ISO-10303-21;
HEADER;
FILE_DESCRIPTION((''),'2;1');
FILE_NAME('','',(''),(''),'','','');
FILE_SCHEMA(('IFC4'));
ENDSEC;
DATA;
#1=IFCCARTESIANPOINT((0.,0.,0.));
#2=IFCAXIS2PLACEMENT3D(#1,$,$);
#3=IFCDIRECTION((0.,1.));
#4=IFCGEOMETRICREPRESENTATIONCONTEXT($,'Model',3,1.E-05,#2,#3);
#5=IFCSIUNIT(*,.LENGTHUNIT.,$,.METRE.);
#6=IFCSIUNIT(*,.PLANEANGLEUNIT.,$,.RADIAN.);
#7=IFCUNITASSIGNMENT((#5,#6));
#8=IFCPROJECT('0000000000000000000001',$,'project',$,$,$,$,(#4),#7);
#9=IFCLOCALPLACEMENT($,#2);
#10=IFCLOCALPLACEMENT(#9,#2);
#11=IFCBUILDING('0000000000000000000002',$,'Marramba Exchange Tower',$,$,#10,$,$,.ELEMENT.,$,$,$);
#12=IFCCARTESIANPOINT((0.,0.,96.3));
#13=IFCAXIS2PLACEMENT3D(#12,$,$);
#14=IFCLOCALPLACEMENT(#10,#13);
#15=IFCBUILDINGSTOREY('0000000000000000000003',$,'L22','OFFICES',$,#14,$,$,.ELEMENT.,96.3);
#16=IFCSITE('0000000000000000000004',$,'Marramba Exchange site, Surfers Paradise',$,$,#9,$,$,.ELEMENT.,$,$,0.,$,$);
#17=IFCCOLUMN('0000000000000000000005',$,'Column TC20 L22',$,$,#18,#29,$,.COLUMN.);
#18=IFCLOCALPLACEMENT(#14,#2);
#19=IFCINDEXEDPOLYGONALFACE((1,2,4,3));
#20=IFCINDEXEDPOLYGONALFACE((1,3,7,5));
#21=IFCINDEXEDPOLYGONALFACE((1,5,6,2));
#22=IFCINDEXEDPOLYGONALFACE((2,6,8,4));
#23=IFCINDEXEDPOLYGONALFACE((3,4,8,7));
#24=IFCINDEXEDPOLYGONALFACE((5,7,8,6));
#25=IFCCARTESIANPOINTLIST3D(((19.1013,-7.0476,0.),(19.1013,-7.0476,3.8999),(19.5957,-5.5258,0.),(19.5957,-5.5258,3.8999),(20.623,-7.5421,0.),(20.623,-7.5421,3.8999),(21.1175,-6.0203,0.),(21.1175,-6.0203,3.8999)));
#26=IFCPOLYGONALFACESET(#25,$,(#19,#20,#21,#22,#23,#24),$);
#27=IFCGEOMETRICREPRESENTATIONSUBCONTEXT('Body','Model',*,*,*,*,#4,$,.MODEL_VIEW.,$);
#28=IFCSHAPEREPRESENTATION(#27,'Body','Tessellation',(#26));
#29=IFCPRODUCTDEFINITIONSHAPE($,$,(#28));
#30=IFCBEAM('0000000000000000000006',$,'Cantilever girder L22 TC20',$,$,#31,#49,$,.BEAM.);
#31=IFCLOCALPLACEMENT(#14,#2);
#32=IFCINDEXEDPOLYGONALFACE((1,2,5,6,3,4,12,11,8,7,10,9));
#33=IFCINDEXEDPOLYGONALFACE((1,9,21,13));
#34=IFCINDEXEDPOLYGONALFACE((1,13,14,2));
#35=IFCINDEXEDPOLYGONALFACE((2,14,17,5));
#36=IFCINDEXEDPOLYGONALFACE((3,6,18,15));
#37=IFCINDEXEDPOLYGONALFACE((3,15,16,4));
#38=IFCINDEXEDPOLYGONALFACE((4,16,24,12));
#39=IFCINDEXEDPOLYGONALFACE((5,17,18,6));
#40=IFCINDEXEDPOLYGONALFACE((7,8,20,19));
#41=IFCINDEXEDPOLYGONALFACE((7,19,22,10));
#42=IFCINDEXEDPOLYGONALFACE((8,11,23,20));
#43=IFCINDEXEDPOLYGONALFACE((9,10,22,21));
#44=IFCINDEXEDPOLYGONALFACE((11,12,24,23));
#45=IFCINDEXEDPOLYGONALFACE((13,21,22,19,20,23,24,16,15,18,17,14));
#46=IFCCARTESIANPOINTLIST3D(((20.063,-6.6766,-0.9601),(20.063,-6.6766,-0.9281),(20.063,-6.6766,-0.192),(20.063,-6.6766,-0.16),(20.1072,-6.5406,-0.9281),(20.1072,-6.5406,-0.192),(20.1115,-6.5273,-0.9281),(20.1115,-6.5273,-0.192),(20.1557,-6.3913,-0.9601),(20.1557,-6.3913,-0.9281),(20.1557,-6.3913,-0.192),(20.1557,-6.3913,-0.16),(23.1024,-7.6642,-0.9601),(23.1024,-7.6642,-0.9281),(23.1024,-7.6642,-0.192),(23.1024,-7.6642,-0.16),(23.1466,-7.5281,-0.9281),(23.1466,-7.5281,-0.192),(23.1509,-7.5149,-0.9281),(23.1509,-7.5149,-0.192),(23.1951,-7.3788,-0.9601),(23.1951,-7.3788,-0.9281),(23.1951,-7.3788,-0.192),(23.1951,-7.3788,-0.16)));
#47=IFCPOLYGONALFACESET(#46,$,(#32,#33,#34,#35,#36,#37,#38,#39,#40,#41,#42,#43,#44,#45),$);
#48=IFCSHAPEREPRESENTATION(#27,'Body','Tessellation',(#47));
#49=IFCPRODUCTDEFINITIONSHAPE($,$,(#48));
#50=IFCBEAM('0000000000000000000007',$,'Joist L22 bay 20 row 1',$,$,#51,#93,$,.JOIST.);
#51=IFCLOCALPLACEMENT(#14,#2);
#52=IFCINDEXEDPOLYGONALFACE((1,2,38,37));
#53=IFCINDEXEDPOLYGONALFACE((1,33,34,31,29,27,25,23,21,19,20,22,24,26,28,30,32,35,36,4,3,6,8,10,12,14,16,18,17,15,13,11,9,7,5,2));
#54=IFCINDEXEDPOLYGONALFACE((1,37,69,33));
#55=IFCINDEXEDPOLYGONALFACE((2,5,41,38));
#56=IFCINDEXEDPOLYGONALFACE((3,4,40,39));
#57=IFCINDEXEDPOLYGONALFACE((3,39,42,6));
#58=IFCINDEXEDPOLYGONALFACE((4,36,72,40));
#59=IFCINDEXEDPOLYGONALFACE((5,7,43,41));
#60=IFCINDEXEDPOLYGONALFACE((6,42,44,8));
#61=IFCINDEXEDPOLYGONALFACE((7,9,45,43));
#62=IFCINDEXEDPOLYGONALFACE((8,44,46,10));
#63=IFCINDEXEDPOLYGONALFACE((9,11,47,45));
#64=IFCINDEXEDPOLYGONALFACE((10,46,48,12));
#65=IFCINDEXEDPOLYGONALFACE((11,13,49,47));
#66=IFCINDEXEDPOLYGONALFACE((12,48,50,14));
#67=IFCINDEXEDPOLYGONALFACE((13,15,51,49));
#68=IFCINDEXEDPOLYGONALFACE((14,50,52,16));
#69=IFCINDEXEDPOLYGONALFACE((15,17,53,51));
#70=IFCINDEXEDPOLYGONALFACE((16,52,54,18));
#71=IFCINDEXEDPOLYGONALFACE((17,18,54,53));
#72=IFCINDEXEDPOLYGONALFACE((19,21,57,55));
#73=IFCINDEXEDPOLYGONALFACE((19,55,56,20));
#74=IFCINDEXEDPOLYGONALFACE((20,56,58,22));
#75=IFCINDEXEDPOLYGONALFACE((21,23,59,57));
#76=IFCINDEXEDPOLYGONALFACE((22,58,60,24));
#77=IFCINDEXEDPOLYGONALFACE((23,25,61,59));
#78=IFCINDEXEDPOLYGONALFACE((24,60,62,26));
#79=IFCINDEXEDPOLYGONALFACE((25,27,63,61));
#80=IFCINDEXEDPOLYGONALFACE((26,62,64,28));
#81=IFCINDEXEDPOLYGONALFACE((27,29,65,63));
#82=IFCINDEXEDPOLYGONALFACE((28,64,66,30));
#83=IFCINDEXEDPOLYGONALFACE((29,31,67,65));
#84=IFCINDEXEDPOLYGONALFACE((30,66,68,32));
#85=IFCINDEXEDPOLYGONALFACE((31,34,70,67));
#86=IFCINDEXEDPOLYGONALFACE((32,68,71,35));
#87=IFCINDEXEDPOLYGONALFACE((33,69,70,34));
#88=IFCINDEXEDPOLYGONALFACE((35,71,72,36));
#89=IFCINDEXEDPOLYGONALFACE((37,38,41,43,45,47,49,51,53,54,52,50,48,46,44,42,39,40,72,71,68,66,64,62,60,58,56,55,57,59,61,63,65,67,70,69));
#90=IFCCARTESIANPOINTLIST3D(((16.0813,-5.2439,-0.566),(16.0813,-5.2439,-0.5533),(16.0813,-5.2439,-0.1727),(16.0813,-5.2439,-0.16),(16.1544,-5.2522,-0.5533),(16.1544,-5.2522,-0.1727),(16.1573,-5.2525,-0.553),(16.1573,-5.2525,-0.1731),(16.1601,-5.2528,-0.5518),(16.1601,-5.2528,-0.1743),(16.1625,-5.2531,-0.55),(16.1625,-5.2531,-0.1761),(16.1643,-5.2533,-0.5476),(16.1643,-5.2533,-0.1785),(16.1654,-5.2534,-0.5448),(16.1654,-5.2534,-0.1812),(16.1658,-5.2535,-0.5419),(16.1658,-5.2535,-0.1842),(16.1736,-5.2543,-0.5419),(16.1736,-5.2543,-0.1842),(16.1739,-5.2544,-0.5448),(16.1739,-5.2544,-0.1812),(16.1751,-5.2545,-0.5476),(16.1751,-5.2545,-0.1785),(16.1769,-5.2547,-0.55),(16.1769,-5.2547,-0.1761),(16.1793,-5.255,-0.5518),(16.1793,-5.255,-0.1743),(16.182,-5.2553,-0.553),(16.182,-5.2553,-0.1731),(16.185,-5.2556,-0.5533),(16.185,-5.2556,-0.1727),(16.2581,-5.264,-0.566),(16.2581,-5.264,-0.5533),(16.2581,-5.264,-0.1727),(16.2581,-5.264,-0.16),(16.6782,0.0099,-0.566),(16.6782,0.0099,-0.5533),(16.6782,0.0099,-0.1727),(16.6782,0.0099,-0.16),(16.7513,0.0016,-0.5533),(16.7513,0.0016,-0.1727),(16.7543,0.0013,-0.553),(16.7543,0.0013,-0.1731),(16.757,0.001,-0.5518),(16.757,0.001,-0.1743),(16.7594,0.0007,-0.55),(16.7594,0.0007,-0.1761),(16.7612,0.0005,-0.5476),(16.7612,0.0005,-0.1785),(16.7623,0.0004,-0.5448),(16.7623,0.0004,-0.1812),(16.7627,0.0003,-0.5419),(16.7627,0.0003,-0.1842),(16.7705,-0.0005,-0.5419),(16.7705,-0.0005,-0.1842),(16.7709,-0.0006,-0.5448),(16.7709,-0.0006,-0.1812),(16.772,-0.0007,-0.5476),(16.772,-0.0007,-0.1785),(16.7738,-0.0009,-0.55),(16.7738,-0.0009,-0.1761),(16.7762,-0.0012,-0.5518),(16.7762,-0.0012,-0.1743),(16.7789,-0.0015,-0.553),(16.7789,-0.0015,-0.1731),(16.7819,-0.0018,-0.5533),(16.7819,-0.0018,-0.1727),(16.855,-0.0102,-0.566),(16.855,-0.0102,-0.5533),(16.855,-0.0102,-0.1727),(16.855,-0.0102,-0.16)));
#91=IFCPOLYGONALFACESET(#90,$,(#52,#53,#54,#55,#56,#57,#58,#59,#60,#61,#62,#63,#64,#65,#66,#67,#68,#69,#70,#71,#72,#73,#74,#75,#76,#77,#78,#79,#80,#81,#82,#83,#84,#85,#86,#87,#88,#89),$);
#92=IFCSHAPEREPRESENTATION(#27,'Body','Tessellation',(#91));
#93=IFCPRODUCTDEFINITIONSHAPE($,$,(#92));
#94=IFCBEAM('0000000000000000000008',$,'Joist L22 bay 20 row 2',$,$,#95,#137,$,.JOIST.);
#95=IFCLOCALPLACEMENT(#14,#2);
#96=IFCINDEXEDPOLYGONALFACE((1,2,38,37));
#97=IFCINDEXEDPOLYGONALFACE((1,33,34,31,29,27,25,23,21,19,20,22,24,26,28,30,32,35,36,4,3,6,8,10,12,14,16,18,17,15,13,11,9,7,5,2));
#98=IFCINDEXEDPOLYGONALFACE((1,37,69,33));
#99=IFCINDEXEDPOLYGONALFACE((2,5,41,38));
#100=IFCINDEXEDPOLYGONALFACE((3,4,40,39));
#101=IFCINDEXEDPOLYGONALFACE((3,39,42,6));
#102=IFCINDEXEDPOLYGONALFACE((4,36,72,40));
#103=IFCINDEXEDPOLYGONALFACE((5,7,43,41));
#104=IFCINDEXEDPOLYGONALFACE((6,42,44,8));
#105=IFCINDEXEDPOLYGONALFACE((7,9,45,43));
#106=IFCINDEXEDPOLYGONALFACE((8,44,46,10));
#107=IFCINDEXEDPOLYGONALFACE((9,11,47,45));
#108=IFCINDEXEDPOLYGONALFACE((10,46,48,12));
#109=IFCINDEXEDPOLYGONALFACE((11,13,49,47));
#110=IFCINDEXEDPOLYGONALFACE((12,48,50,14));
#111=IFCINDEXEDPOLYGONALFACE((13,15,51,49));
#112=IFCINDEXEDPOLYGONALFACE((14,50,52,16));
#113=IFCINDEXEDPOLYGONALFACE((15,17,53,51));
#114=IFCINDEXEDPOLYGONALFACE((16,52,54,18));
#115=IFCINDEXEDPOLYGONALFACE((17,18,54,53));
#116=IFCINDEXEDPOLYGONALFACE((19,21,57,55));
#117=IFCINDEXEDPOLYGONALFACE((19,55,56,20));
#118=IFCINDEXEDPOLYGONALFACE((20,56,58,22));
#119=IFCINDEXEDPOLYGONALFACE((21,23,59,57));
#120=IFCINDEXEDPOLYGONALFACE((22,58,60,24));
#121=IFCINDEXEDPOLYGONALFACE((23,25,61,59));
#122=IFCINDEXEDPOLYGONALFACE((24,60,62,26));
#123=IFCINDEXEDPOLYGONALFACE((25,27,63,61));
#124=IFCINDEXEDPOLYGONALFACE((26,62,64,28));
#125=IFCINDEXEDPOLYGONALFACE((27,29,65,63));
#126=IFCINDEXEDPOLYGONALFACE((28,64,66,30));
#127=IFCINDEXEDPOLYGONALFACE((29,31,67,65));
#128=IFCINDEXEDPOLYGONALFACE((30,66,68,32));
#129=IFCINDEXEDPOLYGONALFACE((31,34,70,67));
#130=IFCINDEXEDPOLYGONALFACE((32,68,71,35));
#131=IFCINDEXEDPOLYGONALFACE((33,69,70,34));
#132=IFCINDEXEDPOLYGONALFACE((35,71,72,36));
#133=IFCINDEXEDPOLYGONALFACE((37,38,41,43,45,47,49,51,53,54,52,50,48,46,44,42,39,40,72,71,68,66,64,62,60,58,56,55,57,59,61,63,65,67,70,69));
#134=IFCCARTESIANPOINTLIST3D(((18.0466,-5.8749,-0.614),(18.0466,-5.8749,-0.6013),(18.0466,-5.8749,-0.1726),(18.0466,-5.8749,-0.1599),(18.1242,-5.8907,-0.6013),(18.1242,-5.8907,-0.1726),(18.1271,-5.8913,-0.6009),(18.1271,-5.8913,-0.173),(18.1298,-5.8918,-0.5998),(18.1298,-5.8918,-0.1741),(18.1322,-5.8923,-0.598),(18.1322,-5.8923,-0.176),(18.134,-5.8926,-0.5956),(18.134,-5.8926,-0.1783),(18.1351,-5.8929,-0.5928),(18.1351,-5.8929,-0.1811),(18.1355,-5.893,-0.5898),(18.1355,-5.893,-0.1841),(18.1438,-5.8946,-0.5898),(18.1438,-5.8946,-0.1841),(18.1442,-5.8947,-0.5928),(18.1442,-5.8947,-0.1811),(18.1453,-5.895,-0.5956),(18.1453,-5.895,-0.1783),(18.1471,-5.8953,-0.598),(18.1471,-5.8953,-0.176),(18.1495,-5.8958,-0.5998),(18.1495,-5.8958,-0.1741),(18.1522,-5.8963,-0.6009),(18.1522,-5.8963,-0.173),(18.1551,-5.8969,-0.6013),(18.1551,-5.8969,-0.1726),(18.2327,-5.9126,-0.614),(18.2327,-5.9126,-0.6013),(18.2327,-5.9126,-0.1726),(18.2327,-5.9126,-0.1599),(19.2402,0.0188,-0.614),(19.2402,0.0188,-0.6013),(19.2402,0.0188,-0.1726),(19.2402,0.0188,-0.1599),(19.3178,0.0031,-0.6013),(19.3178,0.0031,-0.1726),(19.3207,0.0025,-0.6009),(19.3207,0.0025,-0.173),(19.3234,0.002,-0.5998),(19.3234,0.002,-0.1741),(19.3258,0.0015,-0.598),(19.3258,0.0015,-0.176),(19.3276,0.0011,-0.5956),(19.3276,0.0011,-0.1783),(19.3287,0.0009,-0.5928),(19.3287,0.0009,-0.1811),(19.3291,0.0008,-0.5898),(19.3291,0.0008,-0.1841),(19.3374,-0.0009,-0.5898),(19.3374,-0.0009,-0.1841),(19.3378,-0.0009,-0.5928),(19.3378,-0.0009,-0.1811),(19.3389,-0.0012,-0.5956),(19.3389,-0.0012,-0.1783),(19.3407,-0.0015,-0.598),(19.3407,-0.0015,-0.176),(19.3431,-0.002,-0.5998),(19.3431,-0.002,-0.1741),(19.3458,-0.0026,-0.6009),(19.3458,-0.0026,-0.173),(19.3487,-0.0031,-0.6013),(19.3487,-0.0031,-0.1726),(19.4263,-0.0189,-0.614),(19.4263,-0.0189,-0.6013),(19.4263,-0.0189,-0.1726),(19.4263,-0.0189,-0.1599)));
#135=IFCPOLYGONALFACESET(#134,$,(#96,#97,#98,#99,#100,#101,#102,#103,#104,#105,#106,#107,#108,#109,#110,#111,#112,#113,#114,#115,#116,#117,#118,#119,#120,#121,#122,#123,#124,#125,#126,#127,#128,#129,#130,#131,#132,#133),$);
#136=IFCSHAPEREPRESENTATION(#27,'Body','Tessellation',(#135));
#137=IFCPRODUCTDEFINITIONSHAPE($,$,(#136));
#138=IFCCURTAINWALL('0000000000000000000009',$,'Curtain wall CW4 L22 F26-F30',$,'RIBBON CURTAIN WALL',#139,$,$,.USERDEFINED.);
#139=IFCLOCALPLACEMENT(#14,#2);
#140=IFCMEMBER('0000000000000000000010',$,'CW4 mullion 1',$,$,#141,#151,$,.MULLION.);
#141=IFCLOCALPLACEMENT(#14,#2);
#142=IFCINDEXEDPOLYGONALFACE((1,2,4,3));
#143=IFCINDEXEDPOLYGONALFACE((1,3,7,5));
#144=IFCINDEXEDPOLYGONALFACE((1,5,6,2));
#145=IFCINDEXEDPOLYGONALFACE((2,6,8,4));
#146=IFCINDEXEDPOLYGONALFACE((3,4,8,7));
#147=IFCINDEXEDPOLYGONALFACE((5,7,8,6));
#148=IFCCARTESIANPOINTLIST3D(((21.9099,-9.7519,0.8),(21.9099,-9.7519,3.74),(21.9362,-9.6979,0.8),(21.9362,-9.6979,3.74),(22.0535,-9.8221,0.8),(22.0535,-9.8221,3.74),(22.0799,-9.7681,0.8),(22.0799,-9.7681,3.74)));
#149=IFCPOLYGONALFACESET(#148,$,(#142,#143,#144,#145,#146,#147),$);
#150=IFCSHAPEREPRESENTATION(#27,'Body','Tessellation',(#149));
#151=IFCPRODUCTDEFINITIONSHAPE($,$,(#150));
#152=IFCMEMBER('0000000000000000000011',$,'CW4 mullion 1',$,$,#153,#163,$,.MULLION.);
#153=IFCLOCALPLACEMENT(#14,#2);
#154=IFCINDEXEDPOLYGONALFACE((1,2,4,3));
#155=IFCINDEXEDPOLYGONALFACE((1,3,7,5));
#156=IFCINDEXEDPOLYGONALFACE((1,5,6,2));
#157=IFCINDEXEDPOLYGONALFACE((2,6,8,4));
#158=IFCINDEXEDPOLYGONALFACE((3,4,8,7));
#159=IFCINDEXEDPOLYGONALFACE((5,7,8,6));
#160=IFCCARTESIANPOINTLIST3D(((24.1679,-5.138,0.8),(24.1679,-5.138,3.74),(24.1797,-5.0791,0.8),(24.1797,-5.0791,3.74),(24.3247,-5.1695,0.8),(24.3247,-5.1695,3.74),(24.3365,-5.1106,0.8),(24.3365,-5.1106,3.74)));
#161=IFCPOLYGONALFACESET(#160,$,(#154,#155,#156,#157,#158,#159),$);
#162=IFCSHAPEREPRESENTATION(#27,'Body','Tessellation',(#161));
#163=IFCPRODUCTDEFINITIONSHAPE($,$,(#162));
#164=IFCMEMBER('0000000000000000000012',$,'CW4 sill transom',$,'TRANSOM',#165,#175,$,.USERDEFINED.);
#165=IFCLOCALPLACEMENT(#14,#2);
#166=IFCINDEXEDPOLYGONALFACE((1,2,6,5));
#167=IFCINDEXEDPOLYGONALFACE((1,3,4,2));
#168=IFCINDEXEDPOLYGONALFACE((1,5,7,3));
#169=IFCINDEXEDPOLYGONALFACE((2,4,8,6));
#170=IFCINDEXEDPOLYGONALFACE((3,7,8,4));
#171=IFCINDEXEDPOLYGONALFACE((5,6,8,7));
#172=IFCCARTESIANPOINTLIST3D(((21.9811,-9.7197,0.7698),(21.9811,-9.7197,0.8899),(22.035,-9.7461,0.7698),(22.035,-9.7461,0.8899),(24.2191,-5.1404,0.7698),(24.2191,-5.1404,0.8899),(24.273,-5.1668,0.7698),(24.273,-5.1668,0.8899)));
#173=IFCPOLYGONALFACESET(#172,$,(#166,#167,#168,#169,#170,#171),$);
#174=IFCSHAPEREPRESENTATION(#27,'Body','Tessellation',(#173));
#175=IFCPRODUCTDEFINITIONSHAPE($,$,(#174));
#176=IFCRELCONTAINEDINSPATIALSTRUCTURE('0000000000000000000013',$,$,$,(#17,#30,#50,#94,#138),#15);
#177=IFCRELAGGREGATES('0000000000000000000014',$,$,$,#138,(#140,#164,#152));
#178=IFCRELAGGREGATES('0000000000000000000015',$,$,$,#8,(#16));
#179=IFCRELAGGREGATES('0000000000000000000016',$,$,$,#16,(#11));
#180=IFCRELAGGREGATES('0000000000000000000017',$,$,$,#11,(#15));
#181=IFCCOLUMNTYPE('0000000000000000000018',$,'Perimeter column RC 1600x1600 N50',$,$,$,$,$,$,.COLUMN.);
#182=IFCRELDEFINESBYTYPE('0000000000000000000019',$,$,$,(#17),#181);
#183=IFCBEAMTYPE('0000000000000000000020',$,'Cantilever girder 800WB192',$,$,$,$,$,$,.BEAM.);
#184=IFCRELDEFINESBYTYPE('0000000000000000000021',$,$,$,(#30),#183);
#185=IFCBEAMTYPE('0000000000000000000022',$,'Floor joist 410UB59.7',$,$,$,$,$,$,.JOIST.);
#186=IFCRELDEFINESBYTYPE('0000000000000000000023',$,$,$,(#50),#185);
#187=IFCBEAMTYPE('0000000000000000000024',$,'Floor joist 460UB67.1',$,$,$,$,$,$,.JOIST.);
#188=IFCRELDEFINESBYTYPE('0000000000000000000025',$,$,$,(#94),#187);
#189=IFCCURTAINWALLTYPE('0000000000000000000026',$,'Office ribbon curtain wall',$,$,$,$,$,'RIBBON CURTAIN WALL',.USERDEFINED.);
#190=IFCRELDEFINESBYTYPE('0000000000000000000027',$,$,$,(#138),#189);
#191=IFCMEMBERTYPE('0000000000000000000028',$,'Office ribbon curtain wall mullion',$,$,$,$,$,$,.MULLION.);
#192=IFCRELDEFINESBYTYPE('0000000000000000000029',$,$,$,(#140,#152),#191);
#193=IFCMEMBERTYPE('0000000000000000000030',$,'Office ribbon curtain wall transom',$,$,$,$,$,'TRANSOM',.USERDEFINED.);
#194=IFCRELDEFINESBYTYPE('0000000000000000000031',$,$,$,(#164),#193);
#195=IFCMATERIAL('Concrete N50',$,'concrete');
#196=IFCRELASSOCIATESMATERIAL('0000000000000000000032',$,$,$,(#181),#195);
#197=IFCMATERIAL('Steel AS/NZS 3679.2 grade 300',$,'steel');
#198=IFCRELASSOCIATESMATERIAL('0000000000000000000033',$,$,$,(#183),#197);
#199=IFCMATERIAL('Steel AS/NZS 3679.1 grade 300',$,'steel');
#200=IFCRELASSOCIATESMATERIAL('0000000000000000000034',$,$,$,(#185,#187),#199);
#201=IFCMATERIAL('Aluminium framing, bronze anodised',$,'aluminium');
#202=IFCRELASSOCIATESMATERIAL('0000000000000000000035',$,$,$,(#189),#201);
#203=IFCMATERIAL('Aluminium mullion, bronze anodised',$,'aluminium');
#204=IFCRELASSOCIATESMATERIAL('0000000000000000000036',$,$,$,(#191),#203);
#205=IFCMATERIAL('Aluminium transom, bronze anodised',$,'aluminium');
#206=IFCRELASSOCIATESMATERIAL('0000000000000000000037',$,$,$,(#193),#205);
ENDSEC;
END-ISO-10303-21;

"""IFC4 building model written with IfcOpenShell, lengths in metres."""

from ifc_helpers import new_model, si_unit, direction, frame, origin, origin_2d, place, context, subcontext, project, spatial, rectangle, i_section, extrude, material, material_profile, profile_set, type_object, element, aggregate, save


model = new_model("IFC4")

# Units and contexts
model_context = context("Model", 3, precision=1e-05, world=origin(), true_north=direction((0.0, 1.0)))
body_context = subcontext(model_context, "Body", "Model", "MODEL_VIEW")
ifc_project = project(units=[si_unit("LENGTHUNIT", "METRE"), si_unit("PLANEANGLEUNIT", "RADIAN")], contexts=[model_context])

# Site, building, storey
site_placement = place(None, origin())
site = spatial("IfcSite", under=ifc_project, at=site_placement, Name="Marramba Exchange site, Surfers Paradise", CompositionType="ELEMENT", RefElevation=0.0)
building_placement = place(site_placement, origin())
building = spatial("IfcBuilding", under=site, at=building_placement, Name="Marramba Exchange Tower", CompositionType="ELEMENT")
storey_placement = place(building_placement, frame((0.0, 0.0, 96.3)))
storey = spatial("IfcBuildingStorey", under=building, at=storey_placement, Name="L22", Description="OFFICES", CompositionType="ELEMENT", Elevation=96.3)

# Column
ifc_material_1 = material(Name="Concrete N50", Category="concrete")
ifc_material_profile_1 = material_profile(ifc_material_1, rectangle(XDim=1.6001, YDim=1.6001, at=origin_2d()), Name="RC 1600x1600")
ifc_profile_set_1 = profile_set([ifc_material_profile_1], Name="Concrete N50")
column_type = type_object("IfcColumnType", Name="Perimeter column RC 1600x1600 N50", PredefinedType="COLUMN", material=ifc_profile_set_1)
column_placement = place(storey_placement, frame((20.1094, -6.5339, 0.0), z_axis=(0.0, 0.0, 1.0), x_axis=(0.951057, -0.309017, 0.0)))
element("IfcColumn", 1, at=column_placement, inside=storey, type_object=column_type, Name="Column TC20 L22", PredefinedType="COLUMN", context=body_context, shape_type="SweptSolid", body=[
    extrude(rectangle(XDim=1.6001, YDim=1.6001, at=origin_2d()), origin(), (0.0, 0.0, 1.0), 3.8999),
])

# Beams
ifc_material_2 = material(Name="Steel AS/NZS 3679.2 grade 300", Category="steel")
ifc_material_profile_2 = material_profile(ifc_material_2, i_section(OverallWidth=0.3, OverallDepth=0.8, WebThickness=0.0139, FlangeThickness=0.032, at=origin_2d()), Name="800WB192")
ifc_profile_set_2 = profile_set([ifc_material_profile_2], Name="Steel AS/NZS 3679.2 grade 300")
beam_type_1 = type_object("IfcBeamType", Name="Cantilever girder 800WB192", PredefinedType="BEAM", material=ifc_profile_set_2)
beam_1_placement = place(storey_placement, frame((20.1094, -6.5339, -0.5601), z_axis=(0.951055, -0.309022, 0.0), x_axis=(0.309022, 0.951055, 0.0)))
element("IfcBeam", 2, at=beam_1_placement, inside=storey, type_object=beam_type_1, Name="Cantilever girder L22 TC20", PredefinedType="BEAM", context=body_context, shape_type="SweptSolid", body=[
    extrude(i_section(OverallWidth=0.3, OverallDepth=0.8, WebThickness=0.0139, FlangeThickness=0.032, at=origin_2d()), origin(), (0.0, 0.0, 1.0), 3.1958),
])
ifc_material_3 = material(Name="Steel AS/NZS 3679.1 grade 300", Category="steel")
ifc_material_profile_3 = material_profile(ifc_material_3, i_section(OverallWidth=0.178, OverallDepth=0.406, WebThickness=0.0078, FlangeThickness=0.0127, FilletRadius=0.0115, at=origin_2d()), Name="410UB59.7")
ifc_profile_set_3 = profile_set([ifc_material_profile_3], Name="Steel AS/NZS 3679.1 grade 300")
beam_type_2 = type_object("IfcBeamType", Name="Floor joist 410UB59.7", PredefinedType="JOIST", material=ifc_profile_set_3)
beam_2_placement = place(storey_placement, frame((16.1697, -5.2539, -0.363), z_axis=(0.112889, 0.993608, 0.0), x_axis=(-0.993608, 0.112889, 0.0)))
element("IfcBeam", 3, at=beam_2_placement, inside=storey, type_object=beam_type_2, Name="Joist L22 bay 20 row 1", PredefinedType="JOIST", context=body_context, shape_type="SweptSolid", body=[
    extrude(i_section(OverallWidth=0.178, OverallDepth=0.406, WebThickness=0.0078, FlangeThickness=0.0127, FilletRadius=0.0115, at=origin_2d()), origin(), (0.0, 0.0, 1.0), 5.2876),
])
ifc_material_profile_4 = material_profile(ifc_material_3, i_section(OverallWidth=0.1899, OverallDepth=0.4541, WebThickness=0.0085, FlangeThickness=0.0127, FilletRadius=0.0115, at=origin_2d()), Name="460UB67.1")
ifc_profile_set_4 = profile_set([ifc_material_profile_4], Name="Steel AS/NZS 3679.1 grade 300")
beam_type_3 = type_object("IfcBeamType", Name="Floor joist 460UB67.1", PredefinedType="JOIST", material=ifc_profile_set_4)
beam_3_placement = place(storey_placement, frame((18.1396, -5.8938, -0.387), z_axis=(0.198489, 0.980103, 0.0), x_axis=(-0.980103, 0.198489, 0.0)))
element("IfcBeam", 4, at=beam_3_placement, inside=storey, type_object=beam_type_3, Name="Joist L22 bay 20 row 2", PredefinedType="JOIST", context=body_context, shape_type="SweptSolid", body=[
    extrude(i_section(OverallWidth=0.1899, OverallDepth=0.4541, WebThickness=0.0085, FlangeThickness=0.0127, FilletRadius=0.0115, at=origin_2d()), origin(), (0.0, 0.0, 1.0), 6.0134),
])

# Curtain wall, members
ifc_material_4 = material(Name="Aluminium framing, bronze anodised", Category="aluminium")
curtain_wall_type = type_object("IfcCurtainWallType", Name="Office ribbon curtain wall", ElementType="RIBBON CURTAIN WALL", PredefinedType="USERDEFINED", material=ifc_material_4)
curtain_wall_placement = place(storey_placement, origin())
curtain_wall = element("IfcCurtainWall", 5, at=curtain_wall_placement, inside=storey, type_object=curtain_wall_type, Name="Curtain wall CW4 L22 F26-F30", ObjectType="RIBBON CURTAIN WALL", PredefinedType="USERDEFINED")
ifc_material_5 = material(Name="Aluminium mullion, bronze anodised", Category="aluminium")
ifc_material_profile_5 = material_profile(ifc_material_5, rectangle(XDim=0.1599, YDim=0.0601, at=origin_2d()), Name="CW4 mullion 60x160")
ifc_profile_set_5 = profile_set([ifc_material_profile_5], Name="Aluminium mullion, bronze anodised")
member_type_1 = type_object("IfcMemberType", Name="Office ribbon curtain wall mullion", PredefinedType="MULLION", material=ifc_profile_set_5)
member_1_placement = place(storey_placement, frame((21.9949, -9.76, 0.8), z_axis=(0.0, 0.0, 1.0), x_axis=(-0.898445, 0.439086, 0.0)))
member_1 = element("IfcMember", 6, at=member_1_placement, type_object=member_type_1, Name="CW4 mullion 1", PredefinedType="MULLION", context=body_context, shape_type="SweptSolid", body=[
    extrude(rectangle(XDim=0.1599, YDim=0.0601, at=origin_2d()), origin(), (0.0, 0.0, 1.0), 2.9399),
])
member_2_placement = place(storey_placement, frame((24.2522, -5.1243, 0.8), z_axis=(0.0, 0.0, 1.0), x_axis=(-0.980394, 0.197049, 0.0)))
member_2 = element("IfcMember", 7, at=member_2_placement, type_object=member_type_1, Name="CW4 mullion 1", PredefinedType="MULLION", context=body_context, shape_type="SweptSolid", body=[
    extrude(rectangle(XDim=0.1599, YDim=0.0601, at=origin_2d()), origin(), (0.0, 0.0, 1.0), 2.9399),
])
ifc_material_6 = material(Name="Aluminium transom, bronze anodised", Category="aluminium")
ifc_material_profile_6 = material_profile(ifc_material_6, rectangle(XDim=0.0601, YDim=0.1201, at=origin_2d()), Name="CW4 transom 60x120")
ifc_profile_set_6 = profile_set([ifc_material_profile_6], Name="Aluminium transom, bronze anodised")
member_type_2 = type_object("IfcMemberType", Name="Office ribbon curtain wall transom", ElementType="TRANSOM", PredefinedType="USERDEFINED", material=ifc_profile_set_6)
member_3_placement = place(storey_placement, frame((22.0081, -9.7329, 0.8298), z_axis=(0.439091, 0.898443, 0.0), x_axis=(-0.898443, 0.439091, 0.0)))
member_3 = element("IfcMember", 8, at=member_3_placement, type_object=member_type_2, Name="CW4 sill transom", ObjectType="TRANSOM", PredefinedType="USERDEFINED", context=body_context, shape_type="SweptSolid", body=[
    extrude(rectangle(XDim=0.0601, YDim=0.1201, at=origin_2d()), origin(), (0.0, 0.0, 1.0), 5.0969),
])

aggregate(curtain_wall, [member_1, member_3, member_2])

save(model, "model.ifc")
